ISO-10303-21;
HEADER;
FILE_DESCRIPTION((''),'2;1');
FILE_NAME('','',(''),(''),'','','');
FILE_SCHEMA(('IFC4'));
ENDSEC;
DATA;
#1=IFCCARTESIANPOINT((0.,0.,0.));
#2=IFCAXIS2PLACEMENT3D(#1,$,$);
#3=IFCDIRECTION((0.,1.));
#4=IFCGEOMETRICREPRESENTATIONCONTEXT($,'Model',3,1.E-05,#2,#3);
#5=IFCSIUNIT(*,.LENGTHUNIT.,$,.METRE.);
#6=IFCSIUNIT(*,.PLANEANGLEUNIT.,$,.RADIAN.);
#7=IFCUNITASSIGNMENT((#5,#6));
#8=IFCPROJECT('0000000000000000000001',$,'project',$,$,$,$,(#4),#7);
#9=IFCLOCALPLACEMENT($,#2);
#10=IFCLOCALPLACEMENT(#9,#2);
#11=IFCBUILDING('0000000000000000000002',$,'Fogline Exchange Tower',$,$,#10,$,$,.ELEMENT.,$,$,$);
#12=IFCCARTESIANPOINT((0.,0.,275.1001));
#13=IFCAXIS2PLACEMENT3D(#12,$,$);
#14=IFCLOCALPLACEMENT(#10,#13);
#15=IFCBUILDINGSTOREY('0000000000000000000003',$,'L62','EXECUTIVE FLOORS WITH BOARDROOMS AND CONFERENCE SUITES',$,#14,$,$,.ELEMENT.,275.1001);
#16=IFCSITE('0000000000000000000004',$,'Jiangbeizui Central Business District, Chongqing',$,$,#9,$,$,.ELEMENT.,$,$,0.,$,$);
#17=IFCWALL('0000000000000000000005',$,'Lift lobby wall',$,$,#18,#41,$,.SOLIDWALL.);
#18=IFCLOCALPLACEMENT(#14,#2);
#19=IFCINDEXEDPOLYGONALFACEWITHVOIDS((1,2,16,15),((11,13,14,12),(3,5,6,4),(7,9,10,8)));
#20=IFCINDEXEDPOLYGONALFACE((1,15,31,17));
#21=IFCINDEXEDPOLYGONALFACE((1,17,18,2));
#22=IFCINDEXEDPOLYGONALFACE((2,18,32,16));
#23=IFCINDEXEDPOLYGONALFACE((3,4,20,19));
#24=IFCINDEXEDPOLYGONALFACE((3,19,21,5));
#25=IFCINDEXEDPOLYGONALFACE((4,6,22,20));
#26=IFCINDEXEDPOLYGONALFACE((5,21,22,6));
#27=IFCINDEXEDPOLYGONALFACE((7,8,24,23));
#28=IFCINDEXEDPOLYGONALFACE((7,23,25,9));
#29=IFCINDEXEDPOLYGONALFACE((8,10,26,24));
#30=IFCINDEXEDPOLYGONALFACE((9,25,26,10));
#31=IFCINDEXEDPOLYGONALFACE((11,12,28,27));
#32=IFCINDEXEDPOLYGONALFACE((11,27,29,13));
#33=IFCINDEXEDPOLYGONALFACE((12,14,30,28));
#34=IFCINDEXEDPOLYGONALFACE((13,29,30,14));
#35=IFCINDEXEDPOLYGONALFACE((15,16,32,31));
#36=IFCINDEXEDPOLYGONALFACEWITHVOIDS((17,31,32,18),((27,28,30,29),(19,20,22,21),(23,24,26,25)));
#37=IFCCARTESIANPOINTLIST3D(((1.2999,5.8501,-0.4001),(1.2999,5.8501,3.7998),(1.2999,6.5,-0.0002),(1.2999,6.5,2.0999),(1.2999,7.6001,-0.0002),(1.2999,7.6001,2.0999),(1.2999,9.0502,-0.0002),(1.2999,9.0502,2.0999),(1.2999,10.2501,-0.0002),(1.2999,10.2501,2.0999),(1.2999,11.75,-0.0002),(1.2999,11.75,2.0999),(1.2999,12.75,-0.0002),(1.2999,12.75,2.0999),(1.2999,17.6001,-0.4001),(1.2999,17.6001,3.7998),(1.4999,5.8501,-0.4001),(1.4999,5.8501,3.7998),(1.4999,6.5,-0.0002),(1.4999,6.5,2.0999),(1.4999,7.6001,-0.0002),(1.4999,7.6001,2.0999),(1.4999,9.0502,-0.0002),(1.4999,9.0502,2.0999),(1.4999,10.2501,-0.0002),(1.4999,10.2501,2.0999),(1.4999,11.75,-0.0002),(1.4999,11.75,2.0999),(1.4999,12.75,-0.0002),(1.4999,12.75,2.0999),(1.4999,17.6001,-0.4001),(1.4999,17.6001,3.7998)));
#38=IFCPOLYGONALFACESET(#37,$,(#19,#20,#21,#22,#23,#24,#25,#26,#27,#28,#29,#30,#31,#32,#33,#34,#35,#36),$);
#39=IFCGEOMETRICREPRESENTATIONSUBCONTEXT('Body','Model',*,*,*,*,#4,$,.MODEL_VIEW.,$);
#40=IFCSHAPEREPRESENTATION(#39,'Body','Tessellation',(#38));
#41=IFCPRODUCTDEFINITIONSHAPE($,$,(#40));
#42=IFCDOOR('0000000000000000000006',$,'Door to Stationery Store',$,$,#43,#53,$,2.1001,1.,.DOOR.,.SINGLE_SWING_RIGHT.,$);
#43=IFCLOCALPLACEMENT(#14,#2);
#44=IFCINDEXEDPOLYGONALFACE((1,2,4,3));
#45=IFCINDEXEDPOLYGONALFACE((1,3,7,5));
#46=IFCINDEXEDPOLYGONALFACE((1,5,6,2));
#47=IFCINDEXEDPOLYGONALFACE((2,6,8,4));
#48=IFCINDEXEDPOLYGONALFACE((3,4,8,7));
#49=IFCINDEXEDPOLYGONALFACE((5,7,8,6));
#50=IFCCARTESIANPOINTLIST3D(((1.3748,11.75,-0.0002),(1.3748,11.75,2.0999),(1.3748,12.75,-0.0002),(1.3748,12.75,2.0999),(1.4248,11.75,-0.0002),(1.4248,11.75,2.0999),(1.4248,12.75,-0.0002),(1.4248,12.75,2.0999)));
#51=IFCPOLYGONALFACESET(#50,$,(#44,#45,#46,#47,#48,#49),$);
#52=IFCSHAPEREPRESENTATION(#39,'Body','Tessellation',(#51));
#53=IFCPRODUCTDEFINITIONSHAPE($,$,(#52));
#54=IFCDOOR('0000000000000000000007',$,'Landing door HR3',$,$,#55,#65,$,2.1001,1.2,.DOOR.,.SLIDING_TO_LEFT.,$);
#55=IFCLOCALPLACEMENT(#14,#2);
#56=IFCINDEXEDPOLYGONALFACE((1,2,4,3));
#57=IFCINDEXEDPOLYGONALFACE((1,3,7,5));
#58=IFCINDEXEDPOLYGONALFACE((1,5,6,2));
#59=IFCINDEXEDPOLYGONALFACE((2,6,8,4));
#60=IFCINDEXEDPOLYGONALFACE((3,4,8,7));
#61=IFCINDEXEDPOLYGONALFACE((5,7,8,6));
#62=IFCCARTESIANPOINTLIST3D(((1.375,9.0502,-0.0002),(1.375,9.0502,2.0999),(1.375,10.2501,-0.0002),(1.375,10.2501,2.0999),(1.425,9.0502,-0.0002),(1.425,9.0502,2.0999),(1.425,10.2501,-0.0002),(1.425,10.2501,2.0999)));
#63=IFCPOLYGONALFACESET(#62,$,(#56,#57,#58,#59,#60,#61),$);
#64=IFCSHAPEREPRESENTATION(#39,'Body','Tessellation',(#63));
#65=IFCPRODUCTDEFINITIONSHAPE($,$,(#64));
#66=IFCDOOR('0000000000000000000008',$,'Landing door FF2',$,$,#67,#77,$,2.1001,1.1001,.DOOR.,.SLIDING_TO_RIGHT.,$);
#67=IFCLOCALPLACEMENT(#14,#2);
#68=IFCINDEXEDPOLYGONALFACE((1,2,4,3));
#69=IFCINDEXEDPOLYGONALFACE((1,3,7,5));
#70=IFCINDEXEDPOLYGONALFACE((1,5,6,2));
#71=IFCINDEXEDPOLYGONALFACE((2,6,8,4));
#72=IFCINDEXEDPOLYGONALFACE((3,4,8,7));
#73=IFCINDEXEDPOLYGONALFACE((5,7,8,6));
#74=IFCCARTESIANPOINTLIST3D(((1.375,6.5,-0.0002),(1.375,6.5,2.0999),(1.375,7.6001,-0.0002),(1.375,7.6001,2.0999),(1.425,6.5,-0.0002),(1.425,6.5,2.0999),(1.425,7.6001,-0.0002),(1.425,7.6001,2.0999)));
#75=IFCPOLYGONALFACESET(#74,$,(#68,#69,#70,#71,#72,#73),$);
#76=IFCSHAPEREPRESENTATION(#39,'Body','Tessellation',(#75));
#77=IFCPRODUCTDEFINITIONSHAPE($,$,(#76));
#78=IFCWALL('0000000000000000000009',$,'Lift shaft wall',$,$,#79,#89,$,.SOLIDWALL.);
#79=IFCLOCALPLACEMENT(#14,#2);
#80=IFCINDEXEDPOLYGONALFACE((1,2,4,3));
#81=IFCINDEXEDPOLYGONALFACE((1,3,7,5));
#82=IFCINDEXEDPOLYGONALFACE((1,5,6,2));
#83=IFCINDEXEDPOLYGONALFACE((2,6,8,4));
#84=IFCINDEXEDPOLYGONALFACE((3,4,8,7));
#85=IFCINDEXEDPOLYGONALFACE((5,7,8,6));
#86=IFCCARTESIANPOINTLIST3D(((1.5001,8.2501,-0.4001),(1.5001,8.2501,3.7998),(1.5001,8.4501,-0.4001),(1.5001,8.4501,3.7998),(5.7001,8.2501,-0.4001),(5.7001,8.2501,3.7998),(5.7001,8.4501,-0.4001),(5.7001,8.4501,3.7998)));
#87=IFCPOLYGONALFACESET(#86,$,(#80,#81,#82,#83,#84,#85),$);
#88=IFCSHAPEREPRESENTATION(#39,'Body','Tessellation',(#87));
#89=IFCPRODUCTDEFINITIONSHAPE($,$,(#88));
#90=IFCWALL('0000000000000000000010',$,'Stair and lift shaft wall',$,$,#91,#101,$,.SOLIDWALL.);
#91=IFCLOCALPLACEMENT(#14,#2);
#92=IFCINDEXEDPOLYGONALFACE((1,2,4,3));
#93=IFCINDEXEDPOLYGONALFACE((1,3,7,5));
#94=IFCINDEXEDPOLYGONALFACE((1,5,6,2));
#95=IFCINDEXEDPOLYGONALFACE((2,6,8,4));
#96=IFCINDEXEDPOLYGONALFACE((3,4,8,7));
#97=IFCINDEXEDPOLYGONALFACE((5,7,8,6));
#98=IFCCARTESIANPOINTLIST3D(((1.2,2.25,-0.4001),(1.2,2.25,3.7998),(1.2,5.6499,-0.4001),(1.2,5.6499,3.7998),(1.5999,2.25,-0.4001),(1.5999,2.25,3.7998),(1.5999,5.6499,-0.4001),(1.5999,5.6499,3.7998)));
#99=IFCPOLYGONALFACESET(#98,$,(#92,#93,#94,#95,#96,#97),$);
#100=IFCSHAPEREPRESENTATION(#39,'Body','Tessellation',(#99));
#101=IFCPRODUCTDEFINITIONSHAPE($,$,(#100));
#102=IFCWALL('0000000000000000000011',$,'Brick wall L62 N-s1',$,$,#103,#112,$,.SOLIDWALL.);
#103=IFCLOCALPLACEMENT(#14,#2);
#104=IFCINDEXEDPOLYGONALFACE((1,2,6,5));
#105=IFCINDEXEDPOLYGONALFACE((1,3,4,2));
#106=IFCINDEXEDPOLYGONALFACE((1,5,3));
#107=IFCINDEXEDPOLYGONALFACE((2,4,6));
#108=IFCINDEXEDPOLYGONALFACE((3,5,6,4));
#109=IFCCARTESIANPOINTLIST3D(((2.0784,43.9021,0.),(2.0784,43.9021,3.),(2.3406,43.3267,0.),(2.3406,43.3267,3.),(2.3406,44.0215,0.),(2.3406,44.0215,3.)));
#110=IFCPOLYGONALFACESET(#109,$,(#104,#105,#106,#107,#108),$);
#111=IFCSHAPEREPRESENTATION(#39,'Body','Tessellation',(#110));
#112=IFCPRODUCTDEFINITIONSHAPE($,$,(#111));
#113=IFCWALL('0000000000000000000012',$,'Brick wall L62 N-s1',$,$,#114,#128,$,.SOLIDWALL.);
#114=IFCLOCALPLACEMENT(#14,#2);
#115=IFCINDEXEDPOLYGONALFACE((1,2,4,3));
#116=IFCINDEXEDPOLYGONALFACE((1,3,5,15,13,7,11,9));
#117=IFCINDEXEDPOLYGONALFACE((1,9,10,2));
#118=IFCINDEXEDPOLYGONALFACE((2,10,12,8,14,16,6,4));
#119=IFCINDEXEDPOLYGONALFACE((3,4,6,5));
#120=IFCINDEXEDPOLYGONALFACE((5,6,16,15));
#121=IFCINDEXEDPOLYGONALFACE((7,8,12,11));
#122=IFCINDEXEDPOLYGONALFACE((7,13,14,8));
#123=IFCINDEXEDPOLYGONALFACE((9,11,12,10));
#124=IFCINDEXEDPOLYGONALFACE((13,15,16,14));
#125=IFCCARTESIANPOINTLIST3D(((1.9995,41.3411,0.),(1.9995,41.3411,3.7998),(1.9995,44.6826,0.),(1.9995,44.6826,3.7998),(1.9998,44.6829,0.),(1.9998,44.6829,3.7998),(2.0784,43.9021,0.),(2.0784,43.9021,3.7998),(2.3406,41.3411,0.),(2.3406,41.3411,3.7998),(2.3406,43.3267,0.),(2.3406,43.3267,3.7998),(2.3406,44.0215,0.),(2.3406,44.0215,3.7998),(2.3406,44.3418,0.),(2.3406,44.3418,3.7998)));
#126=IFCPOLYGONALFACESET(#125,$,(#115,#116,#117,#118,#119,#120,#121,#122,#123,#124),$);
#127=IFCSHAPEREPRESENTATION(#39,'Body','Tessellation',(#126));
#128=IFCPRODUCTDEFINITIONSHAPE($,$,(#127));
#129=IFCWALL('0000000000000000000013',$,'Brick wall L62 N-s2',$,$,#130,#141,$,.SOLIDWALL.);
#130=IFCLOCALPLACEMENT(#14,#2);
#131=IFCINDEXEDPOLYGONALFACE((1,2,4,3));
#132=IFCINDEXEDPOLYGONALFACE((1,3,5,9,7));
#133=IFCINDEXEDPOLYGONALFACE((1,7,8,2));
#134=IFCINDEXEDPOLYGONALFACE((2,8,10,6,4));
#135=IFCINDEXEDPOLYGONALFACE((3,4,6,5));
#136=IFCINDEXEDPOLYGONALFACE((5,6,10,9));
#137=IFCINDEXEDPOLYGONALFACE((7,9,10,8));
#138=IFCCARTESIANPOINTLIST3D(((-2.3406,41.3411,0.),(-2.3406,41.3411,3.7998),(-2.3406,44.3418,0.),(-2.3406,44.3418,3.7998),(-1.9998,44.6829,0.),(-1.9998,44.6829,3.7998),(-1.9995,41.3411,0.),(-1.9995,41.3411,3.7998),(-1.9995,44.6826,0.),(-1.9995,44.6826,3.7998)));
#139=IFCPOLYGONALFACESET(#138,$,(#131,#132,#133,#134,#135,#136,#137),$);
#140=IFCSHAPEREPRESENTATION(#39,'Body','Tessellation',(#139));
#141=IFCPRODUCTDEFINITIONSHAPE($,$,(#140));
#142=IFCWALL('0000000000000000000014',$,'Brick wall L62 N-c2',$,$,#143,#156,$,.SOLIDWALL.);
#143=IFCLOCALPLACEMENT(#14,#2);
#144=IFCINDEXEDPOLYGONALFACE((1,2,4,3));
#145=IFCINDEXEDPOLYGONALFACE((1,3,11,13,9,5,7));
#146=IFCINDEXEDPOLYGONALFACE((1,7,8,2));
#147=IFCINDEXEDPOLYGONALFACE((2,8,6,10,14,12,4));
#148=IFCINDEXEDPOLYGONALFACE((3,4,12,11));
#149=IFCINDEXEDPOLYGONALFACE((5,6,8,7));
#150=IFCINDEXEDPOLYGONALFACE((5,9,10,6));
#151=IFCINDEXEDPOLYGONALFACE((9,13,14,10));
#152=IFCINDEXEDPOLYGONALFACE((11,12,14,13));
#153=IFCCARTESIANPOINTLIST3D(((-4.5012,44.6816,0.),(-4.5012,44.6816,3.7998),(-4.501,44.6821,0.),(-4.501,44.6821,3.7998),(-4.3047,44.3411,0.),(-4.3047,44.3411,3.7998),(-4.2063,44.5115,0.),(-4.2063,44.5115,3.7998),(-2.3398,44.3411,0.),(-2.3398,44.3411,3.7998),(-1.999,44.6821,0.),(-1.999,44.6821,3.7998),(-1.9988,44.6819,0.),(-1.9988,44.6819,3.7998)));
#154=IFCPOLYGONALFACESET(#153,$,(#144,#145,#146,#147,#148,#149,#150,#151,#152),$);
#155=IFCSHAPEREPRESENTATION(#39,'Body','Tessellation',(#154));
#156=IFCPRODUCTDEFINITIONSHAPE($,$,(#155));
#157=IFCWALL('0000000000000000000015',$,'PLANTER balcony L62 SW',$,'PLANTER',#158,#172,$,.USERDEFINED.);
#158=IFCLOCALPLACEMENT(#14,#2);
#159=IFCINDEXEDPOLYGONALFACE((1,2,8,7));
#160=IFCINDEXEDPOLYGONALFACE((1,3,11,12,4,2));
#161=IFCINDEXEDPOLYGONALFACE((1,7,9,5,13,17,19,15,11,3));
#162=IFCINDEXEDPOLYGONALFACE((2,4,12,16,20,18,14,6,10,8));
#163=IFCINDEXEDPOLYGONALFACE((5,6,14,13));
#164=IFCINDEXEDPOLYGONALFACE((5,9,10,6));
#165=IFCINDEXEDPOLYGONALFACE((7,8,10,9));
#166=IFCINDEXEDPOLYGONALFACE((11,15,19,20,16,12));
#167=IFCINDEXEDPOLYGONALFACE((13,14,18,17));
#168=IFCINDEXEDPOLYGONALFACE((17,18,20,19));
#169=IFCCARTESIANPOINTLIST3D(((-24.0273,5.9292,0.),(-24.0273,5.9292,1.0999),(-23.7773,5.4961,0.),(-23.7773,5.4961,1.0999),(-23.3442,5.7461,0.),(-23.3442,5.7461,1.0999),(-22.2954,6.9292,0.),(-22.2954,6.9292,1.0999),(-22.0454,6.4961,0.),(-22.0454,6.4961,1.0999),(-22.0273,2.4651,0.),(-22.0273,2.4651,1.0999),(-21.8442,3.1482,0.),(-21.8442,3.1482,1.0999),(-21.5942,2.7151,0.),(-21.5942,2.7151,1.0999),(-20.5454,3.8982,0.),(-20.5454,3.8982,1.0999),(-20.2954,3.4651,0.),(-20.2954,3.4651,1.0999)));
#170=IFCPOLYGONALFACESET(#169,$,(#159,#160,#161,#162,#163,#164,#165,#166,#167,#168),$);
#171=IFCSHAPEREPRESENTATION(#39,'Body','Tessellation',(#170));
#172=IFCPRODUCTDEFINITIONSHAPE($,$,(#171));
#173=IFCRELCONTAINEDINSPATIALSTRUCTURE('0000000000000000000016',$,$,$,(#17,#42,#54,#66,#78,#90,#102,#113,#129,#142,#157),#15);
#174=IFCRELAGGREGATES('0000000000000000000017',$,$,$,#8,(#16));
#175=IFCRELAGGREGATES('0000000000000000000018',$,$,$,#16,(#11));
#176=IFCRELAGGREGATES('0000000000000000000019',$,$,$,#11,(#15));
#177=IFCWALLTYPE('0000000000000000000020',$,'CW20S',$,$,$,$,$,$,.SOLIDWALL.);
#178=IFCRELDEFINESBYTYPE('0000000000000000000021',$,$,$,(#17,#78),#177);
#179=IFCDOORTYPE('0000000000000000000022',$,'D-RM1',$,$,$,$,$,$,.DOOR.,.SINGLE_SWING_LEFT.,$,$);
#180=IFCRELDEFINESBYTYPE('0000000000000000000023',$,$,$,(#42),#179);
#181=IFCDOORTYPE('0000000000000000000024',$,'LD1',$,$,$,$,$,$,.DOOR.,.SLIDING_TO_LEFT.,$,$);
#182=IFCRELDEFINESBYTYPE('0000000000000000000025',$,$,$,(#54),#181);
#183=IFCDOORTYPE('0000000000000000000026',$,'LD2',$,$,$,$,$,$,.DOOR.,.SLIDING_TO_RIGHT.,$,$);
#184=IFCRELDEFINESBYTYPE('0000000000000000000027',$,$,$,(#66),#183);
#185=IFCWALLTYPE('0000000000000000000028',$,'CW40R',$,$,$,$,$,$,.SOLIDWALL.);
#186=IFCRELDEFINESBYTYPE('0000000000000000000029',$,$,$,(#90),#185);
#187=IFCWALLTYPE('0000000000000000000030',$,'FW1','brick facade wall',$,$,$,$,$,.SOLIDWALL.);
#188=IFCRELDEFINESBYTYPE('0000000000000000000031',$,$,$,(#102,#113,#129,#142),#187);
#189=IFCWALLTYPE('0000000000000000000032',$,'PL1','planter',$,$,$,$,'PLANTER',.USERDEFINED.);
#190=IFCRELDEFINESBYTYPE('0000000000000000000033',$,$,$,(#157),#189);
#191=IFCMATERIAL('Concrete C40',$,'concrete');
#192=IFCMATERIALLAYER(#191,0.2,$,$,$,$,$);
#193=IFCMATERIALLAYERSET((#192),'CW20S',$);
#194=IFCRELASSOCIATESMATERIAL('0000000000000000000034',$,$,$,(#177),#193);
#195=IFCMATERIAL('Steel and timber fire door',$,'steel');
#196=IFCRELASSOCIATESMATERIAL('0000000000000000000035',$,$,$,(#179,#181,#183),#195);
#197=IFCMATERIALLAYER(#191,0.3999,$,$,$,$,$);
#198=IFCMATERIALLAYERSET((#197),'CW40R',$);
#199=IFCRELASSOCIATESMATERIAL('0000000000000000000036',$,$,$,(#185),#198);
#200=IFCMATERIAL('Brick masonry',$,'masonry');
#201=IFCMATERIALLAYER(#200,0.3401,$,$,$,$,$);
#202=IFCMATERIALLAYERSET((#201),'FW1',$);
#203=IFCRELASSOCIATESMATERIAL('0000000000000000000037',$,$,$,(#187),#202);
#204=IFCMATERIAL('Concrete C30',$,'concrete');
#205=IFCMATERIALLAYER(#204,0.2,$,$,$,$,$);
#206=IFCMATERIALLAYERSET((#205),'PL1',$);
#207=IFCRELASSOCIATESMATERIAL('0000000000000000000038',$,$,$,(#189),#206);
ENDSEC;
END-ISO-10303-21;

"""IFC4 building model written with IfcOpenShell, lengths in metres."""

from ifc_helpers import new_model, si_unit, direction, frame, frame_2d, origin, place, context, subcontext, project, spatial, polyline, rectangle, outline, extrude, material, layer, layer_set, type_object, element, fill, save


model = new_model("IFC4")

# Units and contexts
model_context = context("Model", 3, precision=1e-05, world=origin(), true_north=direction((0.0, 1.0)))
body_context = subcontext(model_context, "Body", "Model", "MODEL_VIEW")
ifc_project = project(units=[si_unit("LENGTHUNIT", "METRE"), si_unit("PLANEANGLEUNIT", "RADIAN")], contexts=[model_context])

# Site, building, storey
site_placement = place(None, origin())
site = spatial("IfcSite", under=ifc_project, at=site_placement, Name="Jiangbeizui Central Business District, Chongqing", CompositionType="ELEMENT", RefElevation=0.0)
building_placement = place(site_placement, origin())
building = spatial("IfcBuilding", under=site, at=building_placement, Name="Fogline Exchange Tower", CompositionType="ELEMENT")
storey_placement = place(building_placement, frame((0.0, 0.0, 275.1001)))
storey = spatial("IfcBuildingStorey", under=building, at=storey_placement, Name="L62", Description="EXECUTIVE FLOORS WITH BOARDROOMS AND CONFERENCE SUITES", CompositionType="ELEMENT", Elevation=275.1001)

# Shared definitions
ifc_material_1 = material(Name="Concrete C40", Category="concrete")

# Shared definitions
ifc_layer_1 = layer(ifc_material_1, 0.2)
ifc_layer_set_1 = layer_set([ifc_layer_1], Name="CW20S")
wall_type_1 = type_object("IfcWallType", Name="CW20S", PredefinedType="SOLIDWALL", material=ifc_layer_set_1)

# Wall, openings, doors
wall_1_placement = place(storey_placement, frame((1.3999, 5.8501, -0.4001), z_axis=(0.0, 0.0, 1.0), x_axis=(0.0, 1.0, 0.0)))
wall_1 = element("IfcWall", 1, at=wall_1_placement, inside=storey, type_object=wall_type_1, Name="Lift lobby wall", PredefinedType="SOLIDWALL", context=body_context, shape_type="SweptSolid", body=[
    extrude(rectangle(XDim=11.75, YDim=0.2, at=frame_2d((5.875, 0.0))), origin(), (0.0, 0.0, 1.0), 4.2),
])
opening_1_placement = place(wall_1_placement, frame((3.2, 0.0, 0.3999)))
opening_1 = element("IfcOpeningElement", 2, at=opening_1_placement, cuts=wall_1, PredefinedType="OPENING", context=body_context, shape_type="SweptSolid", body=[
    extrude(rectangle(XDim=1.2, YDim=2.1001, at=frame_2d((0.6001, 1.05))), frame((0.0, 0.1099, 0.0), z_axis=(0.0, -1.0, 0.0), x_axis=(1.0, 0.0, 0.0)), (0.0, 0.0, 1.0), 0.22),
])
opening_2_placement = place(wall_1_placement, frame((0.6499, 0.0, 0.3999)))
opening_2 = element("IfcOpeningElement", 3, at=opening_2_placement, cuts=wall_1, PredefinedType="OPENING", context=body_context, shape_type="SweptSolid", body=[
    extrude(rectangle(XDim=1.1001, YDim=2.1001, at=frame_2d((0.55, 1.05))), frame((0.0, 0.1099, 0.0), z_axis=(0.0, -1.0, 0.0), x_axis=(1.0, 0.0, 0.0)), (0.0, 0.0, 1.0), 0.22),
])
opening_3_placement = place(wall_1_placement, frame((5.8999, 0.0, 0.3999)))
opening_3 = element("IfcOpeningElement", 4, at=opening_3_placement, cuts=wall_1, PredefinedType="OPENING", context=body_context, shape_type="SweptSolid", body=[
    extrude(rectangle(XDim=1.0, YDim=2.1001, at=frame_2d((0.5, 1.05))), frame((0.0, 0.1099, 0.0), z_axis=(0.0, -1.0, 0.0), x_axis=(1.0, 0.0, 0.0)), (0.0, 0.0, 1.0), 0.22),
])
ifc_material_2 = material(Name="Steel and timber fire door", Category="steel")
door_type_1 = type_object("IfcDoorType", Name="D-RM1", OperationType="SINGLE_SWING_LEFT", PredefinedType="DOOR", material=ifc_material_2)
door_1_placement = place(opening_3_placement, frame((1.0, 0.0, 0.0), z_axis=(0.0, 0.0, 1.0), x_axis=(-1.0, 0.0, 0.0)))
door_1 = element("IfcDoor", 5, at=door_1_placement, inside=storey, type_object=door_type_1, Name="Door to Stationery Store", OperationType="SINGLE_SWING_RIGHT", OverallHeight=2.1001, OverallWidth=1.0, PredefinedType="DOOR", context=body_context, shape_type="SweptSolid", body=[
    extrude(rectangle(XDim=1.0, YDim=2.1001, at=frame_2d((0.5, 1.05))), frame((0.0, 0.0249, 0.0), z_axis=(0.0, -1.0, 0.0), x_axis=(1.0, 0.0, 0.0)), (0.0, 0.0, 1.0), 0.05),
])
fill(opening_3, door_1)
door_type_2 = type_object("IfcDoorType", Name="LD1", OperationType="SLIDING_TO_LEFT", PredefinedType="DOOR", material=ifc_material_2)
door_2_placement = place(opening_1_placement, origin())
door_2 = element("IfcDoor", 6, at=door_2_placement, inside=storey, type_object=door_type_2, Name="Landing door HR3", OperationType="SLIDING_TO_LEFT", OverallHeight=2.1001, OverallWidth=1.2, PredefinedType="DOOR", context=body_context, shape_type="SweptSolid", body=[
    extrude(rectangle(XDim=1.2, YDim=2.1001, at=frame_2d((0.6001, 1.05))), frame((0.0, 0.0249, 0.0), z_axis=(0.0, -1.0, 0.0), x_axis=(1.0, 0.0, 0.0)), (0.0, 0.0, 1.0), 0.05),
])
fill(opening_1, door_2)
door_type_3 = type_object("IfcDoorType", Name="LD2", OperationType="SLIDING_TO_RIGHT", PredefinedType="DOOR", material=ifc_material_2)
door_3_placement = place(opening_2_placement, origin())
door_3 = element("IfcDoor", 7, at=door_3_placement, inside=storey, type_object=door_type_3, Name="Landing door FF2", OperationType="SLIDING_TO_RIGHT", OverallHeight=2.1001, OverallWidth=1.1001, PredefinedType="DOOR", context=body_context, shape_type="SweptSolid", body=[
    extrude(rectangle(XDim=1.1001, YDim=2.1001, at=frame_2d((0.55, 1.05))), frame((0.0, 0.0249, 0.0), z_axis=(0.0, -1.0, 0.0), x_axis=(1.0, 0.0, 0.0)), (0.0, 0.0, 1.0), 0.05),
])
fill(opening_2, door_3)

# Walls
wall_2_placement = place(storey_placement, frame((1.5, 8.3501, -0.4001), z_axis=(0.0, 0.0, 1.0), x_axis=(1.0, 0.0, 0.0)))
element("IfcWall", 8, at=wall_2_placement, inside=storey, type_object=wall_type_1, Name="Lift shaft wall", PredefinedType="SOLIDWALL", context=body_context, shape_type="SweptSolid", body=[
    extrude(rectangle(XDim=4.2, YDim=0.2, at=frame_2d((2.1001, 0.0))), origin(), (0.0, 0.0, 1.0), 4.2),
])
ifc_layer_2 = layer(ifc_material_1, 0.3999)
ifc_layer_set_2 = layer_set([ifc_layer_2], Name="CW40R")
wall_type_2 = type_object("IfcWallType", Name="CW40R", PredefinedType="SOLIDWALL", material=ifc_layer_set_2)
wall_3_placement = place(storey_placement, frame((1.3999, 2.25, -0.4001), z_axis=(0.0, 0.0, 1.0), x_axis=(0.0, 1.0, 0.0)))
element("IfcWall", 9, at=wall_3_placement, inside=storey, type_object=wall_type_2, Name="Stair and lift shaft wall", PredefinedType="SOLIDWALL", context=body_context, shape_type="SweptSolid", body=[
    extrude(rectangle(XDim=3.3999, YDim=0.3999, at=frame_2d((1.7, 0.0))), origin(), (0.0, 0.0, 1.0), 4.2),
])
ifc_material_3 = material(Name="Brick masonry", Category="masonry")
ifc_layer_3 = layer(ifc_material_3, 0.3401)
ifc_layer_set_3 = layer_set([ifc_layer_3], Name="FW1")
wall_type_3 = type_object("IfcWallType", Name="FW1", Description="brick facade wall", PredefinedType="SOLIDWALL", material=ifc_layer_set_3)
wall_4_placement = place(storey_placement, origin())
element("IfcWall", 10, at=wall_4_placement, inside=storey, type_object=wall_type_3, Name="Brick wall L62 N-s1", PredefinedType="SOLIDWALL", context=body_context, shape_type="SweptSolid", body=[
    extrude(outline(polyline([(2.3406, 43.3267), (2.0784, 43.9021), (2.3406, 44.0215), (2.3406, 43.3267)])), origin(), (0.0, 0.0, 1.0), 3.0),
])
wall_5_placement = place(storey_placement, origin())
element("IfcWall", 11, at=wall_5_placement, inside=storey, type_object=wall_type_3, Name="Brick wall L62 N-s1", PredefinedType="SOLIDWALL", context=body_context, shape_type="SweptSolid", body=[
    extrude(outline(polyline([(1.9995, 41.3411), (1.9995, 44.6826), (1.9998, 44.6829), (2.3406, 44.3418), (2.3406, 44.0215), (2.0784, 43.9021), (2.3406, 43.3267), (2.3406, 41.3411), (1.9995, 41.3411)])), origin(), (0.0, 0.0, 1.0), 3.7998),
])
wall_6_placement = place(storey_placement, origin())
element("IfcWall", 12, at=wall_6_placement, inside=storey, type_object=wall_type_3, Name="Brick wall L62 N-s2", PredefinedType="SOLIDWALL", context=body_context, shape_type="SweptSolid", body=[
    extrude(outline(polyline([(-1.9995, 44.6826), (-1.9995, 41.3411), (-2.3406, 41.3411), (-2.3406, 44.3418), (-1.9998, 44.6829), (-1.9995, 44.6826)])), origin(), (0.0, 0.0, 1.0), 3.7998),
])
wall_7_placement = place(storey_placement, origin())
element("IfcWall", 13, at=wall_7_placement, inside=storey, type_object=wall_type_3, Name="Brick wall L62 N-c2", PredefinedType="SOLIDWALL", context=body_context, shape_type="SweptSolid", body=[
    extrude(outline(polyline([(-4.3047, 44.3411), (-4.2063, 44.5115), (-4.5012, 44.6816), (-4.501, 44.6821), (-1.999, 44.6821), (-1.9988, 44.6819), (-2.3398, 44.3411), (-4.3047, 44.3411)])), origin(), (0.0, 0.0, 1.0), 3.7998),
])
ifc_material_4 = material(Name="Concrete C30", Category="concrete")
ifc_layer_4 = layer(ifc_material_4, 0.2)
ifc_layer_set_4 = layer_set([ifc_layer_4], Name="PL1")
wall_type_4 = type_object("IfcWallType", Name="PL1", Description="planter", ElementType="PLANTER", PredefinedType="USERDEFINED", material=ifc_layer_set_4)
wall_8_placement = place(storey_placement, origin())
element("IfcWall", 14, at=wall_8_placement, inside=storey, type_object=wall_type_4, Name="PLANTER balcony L62 SW", ObjectType="PLANTER", PredefinedType="USERDEFINED", context=body_context, shape_type="SweptSolid", body=[
    extrude(outline(polyline([(-20.5454, 3.8982), (-21.8442, 3.1482), (-23.3442, 5.7461), (-22.0454, 6.4961), (-22.2954, 6.9292), (-24.0273, 5.9292), (-23.7773, 5.4961), (-22.0273, 2.4651), (-21.5942, 2.7151), (-21.5942, 2.7151), (-20.2954, 3.4651), (-20.5454, 3.8982)])), origin(), (0.0, 0.0, 1.0), 1.0999),
])

save(model, "model.ifc")
